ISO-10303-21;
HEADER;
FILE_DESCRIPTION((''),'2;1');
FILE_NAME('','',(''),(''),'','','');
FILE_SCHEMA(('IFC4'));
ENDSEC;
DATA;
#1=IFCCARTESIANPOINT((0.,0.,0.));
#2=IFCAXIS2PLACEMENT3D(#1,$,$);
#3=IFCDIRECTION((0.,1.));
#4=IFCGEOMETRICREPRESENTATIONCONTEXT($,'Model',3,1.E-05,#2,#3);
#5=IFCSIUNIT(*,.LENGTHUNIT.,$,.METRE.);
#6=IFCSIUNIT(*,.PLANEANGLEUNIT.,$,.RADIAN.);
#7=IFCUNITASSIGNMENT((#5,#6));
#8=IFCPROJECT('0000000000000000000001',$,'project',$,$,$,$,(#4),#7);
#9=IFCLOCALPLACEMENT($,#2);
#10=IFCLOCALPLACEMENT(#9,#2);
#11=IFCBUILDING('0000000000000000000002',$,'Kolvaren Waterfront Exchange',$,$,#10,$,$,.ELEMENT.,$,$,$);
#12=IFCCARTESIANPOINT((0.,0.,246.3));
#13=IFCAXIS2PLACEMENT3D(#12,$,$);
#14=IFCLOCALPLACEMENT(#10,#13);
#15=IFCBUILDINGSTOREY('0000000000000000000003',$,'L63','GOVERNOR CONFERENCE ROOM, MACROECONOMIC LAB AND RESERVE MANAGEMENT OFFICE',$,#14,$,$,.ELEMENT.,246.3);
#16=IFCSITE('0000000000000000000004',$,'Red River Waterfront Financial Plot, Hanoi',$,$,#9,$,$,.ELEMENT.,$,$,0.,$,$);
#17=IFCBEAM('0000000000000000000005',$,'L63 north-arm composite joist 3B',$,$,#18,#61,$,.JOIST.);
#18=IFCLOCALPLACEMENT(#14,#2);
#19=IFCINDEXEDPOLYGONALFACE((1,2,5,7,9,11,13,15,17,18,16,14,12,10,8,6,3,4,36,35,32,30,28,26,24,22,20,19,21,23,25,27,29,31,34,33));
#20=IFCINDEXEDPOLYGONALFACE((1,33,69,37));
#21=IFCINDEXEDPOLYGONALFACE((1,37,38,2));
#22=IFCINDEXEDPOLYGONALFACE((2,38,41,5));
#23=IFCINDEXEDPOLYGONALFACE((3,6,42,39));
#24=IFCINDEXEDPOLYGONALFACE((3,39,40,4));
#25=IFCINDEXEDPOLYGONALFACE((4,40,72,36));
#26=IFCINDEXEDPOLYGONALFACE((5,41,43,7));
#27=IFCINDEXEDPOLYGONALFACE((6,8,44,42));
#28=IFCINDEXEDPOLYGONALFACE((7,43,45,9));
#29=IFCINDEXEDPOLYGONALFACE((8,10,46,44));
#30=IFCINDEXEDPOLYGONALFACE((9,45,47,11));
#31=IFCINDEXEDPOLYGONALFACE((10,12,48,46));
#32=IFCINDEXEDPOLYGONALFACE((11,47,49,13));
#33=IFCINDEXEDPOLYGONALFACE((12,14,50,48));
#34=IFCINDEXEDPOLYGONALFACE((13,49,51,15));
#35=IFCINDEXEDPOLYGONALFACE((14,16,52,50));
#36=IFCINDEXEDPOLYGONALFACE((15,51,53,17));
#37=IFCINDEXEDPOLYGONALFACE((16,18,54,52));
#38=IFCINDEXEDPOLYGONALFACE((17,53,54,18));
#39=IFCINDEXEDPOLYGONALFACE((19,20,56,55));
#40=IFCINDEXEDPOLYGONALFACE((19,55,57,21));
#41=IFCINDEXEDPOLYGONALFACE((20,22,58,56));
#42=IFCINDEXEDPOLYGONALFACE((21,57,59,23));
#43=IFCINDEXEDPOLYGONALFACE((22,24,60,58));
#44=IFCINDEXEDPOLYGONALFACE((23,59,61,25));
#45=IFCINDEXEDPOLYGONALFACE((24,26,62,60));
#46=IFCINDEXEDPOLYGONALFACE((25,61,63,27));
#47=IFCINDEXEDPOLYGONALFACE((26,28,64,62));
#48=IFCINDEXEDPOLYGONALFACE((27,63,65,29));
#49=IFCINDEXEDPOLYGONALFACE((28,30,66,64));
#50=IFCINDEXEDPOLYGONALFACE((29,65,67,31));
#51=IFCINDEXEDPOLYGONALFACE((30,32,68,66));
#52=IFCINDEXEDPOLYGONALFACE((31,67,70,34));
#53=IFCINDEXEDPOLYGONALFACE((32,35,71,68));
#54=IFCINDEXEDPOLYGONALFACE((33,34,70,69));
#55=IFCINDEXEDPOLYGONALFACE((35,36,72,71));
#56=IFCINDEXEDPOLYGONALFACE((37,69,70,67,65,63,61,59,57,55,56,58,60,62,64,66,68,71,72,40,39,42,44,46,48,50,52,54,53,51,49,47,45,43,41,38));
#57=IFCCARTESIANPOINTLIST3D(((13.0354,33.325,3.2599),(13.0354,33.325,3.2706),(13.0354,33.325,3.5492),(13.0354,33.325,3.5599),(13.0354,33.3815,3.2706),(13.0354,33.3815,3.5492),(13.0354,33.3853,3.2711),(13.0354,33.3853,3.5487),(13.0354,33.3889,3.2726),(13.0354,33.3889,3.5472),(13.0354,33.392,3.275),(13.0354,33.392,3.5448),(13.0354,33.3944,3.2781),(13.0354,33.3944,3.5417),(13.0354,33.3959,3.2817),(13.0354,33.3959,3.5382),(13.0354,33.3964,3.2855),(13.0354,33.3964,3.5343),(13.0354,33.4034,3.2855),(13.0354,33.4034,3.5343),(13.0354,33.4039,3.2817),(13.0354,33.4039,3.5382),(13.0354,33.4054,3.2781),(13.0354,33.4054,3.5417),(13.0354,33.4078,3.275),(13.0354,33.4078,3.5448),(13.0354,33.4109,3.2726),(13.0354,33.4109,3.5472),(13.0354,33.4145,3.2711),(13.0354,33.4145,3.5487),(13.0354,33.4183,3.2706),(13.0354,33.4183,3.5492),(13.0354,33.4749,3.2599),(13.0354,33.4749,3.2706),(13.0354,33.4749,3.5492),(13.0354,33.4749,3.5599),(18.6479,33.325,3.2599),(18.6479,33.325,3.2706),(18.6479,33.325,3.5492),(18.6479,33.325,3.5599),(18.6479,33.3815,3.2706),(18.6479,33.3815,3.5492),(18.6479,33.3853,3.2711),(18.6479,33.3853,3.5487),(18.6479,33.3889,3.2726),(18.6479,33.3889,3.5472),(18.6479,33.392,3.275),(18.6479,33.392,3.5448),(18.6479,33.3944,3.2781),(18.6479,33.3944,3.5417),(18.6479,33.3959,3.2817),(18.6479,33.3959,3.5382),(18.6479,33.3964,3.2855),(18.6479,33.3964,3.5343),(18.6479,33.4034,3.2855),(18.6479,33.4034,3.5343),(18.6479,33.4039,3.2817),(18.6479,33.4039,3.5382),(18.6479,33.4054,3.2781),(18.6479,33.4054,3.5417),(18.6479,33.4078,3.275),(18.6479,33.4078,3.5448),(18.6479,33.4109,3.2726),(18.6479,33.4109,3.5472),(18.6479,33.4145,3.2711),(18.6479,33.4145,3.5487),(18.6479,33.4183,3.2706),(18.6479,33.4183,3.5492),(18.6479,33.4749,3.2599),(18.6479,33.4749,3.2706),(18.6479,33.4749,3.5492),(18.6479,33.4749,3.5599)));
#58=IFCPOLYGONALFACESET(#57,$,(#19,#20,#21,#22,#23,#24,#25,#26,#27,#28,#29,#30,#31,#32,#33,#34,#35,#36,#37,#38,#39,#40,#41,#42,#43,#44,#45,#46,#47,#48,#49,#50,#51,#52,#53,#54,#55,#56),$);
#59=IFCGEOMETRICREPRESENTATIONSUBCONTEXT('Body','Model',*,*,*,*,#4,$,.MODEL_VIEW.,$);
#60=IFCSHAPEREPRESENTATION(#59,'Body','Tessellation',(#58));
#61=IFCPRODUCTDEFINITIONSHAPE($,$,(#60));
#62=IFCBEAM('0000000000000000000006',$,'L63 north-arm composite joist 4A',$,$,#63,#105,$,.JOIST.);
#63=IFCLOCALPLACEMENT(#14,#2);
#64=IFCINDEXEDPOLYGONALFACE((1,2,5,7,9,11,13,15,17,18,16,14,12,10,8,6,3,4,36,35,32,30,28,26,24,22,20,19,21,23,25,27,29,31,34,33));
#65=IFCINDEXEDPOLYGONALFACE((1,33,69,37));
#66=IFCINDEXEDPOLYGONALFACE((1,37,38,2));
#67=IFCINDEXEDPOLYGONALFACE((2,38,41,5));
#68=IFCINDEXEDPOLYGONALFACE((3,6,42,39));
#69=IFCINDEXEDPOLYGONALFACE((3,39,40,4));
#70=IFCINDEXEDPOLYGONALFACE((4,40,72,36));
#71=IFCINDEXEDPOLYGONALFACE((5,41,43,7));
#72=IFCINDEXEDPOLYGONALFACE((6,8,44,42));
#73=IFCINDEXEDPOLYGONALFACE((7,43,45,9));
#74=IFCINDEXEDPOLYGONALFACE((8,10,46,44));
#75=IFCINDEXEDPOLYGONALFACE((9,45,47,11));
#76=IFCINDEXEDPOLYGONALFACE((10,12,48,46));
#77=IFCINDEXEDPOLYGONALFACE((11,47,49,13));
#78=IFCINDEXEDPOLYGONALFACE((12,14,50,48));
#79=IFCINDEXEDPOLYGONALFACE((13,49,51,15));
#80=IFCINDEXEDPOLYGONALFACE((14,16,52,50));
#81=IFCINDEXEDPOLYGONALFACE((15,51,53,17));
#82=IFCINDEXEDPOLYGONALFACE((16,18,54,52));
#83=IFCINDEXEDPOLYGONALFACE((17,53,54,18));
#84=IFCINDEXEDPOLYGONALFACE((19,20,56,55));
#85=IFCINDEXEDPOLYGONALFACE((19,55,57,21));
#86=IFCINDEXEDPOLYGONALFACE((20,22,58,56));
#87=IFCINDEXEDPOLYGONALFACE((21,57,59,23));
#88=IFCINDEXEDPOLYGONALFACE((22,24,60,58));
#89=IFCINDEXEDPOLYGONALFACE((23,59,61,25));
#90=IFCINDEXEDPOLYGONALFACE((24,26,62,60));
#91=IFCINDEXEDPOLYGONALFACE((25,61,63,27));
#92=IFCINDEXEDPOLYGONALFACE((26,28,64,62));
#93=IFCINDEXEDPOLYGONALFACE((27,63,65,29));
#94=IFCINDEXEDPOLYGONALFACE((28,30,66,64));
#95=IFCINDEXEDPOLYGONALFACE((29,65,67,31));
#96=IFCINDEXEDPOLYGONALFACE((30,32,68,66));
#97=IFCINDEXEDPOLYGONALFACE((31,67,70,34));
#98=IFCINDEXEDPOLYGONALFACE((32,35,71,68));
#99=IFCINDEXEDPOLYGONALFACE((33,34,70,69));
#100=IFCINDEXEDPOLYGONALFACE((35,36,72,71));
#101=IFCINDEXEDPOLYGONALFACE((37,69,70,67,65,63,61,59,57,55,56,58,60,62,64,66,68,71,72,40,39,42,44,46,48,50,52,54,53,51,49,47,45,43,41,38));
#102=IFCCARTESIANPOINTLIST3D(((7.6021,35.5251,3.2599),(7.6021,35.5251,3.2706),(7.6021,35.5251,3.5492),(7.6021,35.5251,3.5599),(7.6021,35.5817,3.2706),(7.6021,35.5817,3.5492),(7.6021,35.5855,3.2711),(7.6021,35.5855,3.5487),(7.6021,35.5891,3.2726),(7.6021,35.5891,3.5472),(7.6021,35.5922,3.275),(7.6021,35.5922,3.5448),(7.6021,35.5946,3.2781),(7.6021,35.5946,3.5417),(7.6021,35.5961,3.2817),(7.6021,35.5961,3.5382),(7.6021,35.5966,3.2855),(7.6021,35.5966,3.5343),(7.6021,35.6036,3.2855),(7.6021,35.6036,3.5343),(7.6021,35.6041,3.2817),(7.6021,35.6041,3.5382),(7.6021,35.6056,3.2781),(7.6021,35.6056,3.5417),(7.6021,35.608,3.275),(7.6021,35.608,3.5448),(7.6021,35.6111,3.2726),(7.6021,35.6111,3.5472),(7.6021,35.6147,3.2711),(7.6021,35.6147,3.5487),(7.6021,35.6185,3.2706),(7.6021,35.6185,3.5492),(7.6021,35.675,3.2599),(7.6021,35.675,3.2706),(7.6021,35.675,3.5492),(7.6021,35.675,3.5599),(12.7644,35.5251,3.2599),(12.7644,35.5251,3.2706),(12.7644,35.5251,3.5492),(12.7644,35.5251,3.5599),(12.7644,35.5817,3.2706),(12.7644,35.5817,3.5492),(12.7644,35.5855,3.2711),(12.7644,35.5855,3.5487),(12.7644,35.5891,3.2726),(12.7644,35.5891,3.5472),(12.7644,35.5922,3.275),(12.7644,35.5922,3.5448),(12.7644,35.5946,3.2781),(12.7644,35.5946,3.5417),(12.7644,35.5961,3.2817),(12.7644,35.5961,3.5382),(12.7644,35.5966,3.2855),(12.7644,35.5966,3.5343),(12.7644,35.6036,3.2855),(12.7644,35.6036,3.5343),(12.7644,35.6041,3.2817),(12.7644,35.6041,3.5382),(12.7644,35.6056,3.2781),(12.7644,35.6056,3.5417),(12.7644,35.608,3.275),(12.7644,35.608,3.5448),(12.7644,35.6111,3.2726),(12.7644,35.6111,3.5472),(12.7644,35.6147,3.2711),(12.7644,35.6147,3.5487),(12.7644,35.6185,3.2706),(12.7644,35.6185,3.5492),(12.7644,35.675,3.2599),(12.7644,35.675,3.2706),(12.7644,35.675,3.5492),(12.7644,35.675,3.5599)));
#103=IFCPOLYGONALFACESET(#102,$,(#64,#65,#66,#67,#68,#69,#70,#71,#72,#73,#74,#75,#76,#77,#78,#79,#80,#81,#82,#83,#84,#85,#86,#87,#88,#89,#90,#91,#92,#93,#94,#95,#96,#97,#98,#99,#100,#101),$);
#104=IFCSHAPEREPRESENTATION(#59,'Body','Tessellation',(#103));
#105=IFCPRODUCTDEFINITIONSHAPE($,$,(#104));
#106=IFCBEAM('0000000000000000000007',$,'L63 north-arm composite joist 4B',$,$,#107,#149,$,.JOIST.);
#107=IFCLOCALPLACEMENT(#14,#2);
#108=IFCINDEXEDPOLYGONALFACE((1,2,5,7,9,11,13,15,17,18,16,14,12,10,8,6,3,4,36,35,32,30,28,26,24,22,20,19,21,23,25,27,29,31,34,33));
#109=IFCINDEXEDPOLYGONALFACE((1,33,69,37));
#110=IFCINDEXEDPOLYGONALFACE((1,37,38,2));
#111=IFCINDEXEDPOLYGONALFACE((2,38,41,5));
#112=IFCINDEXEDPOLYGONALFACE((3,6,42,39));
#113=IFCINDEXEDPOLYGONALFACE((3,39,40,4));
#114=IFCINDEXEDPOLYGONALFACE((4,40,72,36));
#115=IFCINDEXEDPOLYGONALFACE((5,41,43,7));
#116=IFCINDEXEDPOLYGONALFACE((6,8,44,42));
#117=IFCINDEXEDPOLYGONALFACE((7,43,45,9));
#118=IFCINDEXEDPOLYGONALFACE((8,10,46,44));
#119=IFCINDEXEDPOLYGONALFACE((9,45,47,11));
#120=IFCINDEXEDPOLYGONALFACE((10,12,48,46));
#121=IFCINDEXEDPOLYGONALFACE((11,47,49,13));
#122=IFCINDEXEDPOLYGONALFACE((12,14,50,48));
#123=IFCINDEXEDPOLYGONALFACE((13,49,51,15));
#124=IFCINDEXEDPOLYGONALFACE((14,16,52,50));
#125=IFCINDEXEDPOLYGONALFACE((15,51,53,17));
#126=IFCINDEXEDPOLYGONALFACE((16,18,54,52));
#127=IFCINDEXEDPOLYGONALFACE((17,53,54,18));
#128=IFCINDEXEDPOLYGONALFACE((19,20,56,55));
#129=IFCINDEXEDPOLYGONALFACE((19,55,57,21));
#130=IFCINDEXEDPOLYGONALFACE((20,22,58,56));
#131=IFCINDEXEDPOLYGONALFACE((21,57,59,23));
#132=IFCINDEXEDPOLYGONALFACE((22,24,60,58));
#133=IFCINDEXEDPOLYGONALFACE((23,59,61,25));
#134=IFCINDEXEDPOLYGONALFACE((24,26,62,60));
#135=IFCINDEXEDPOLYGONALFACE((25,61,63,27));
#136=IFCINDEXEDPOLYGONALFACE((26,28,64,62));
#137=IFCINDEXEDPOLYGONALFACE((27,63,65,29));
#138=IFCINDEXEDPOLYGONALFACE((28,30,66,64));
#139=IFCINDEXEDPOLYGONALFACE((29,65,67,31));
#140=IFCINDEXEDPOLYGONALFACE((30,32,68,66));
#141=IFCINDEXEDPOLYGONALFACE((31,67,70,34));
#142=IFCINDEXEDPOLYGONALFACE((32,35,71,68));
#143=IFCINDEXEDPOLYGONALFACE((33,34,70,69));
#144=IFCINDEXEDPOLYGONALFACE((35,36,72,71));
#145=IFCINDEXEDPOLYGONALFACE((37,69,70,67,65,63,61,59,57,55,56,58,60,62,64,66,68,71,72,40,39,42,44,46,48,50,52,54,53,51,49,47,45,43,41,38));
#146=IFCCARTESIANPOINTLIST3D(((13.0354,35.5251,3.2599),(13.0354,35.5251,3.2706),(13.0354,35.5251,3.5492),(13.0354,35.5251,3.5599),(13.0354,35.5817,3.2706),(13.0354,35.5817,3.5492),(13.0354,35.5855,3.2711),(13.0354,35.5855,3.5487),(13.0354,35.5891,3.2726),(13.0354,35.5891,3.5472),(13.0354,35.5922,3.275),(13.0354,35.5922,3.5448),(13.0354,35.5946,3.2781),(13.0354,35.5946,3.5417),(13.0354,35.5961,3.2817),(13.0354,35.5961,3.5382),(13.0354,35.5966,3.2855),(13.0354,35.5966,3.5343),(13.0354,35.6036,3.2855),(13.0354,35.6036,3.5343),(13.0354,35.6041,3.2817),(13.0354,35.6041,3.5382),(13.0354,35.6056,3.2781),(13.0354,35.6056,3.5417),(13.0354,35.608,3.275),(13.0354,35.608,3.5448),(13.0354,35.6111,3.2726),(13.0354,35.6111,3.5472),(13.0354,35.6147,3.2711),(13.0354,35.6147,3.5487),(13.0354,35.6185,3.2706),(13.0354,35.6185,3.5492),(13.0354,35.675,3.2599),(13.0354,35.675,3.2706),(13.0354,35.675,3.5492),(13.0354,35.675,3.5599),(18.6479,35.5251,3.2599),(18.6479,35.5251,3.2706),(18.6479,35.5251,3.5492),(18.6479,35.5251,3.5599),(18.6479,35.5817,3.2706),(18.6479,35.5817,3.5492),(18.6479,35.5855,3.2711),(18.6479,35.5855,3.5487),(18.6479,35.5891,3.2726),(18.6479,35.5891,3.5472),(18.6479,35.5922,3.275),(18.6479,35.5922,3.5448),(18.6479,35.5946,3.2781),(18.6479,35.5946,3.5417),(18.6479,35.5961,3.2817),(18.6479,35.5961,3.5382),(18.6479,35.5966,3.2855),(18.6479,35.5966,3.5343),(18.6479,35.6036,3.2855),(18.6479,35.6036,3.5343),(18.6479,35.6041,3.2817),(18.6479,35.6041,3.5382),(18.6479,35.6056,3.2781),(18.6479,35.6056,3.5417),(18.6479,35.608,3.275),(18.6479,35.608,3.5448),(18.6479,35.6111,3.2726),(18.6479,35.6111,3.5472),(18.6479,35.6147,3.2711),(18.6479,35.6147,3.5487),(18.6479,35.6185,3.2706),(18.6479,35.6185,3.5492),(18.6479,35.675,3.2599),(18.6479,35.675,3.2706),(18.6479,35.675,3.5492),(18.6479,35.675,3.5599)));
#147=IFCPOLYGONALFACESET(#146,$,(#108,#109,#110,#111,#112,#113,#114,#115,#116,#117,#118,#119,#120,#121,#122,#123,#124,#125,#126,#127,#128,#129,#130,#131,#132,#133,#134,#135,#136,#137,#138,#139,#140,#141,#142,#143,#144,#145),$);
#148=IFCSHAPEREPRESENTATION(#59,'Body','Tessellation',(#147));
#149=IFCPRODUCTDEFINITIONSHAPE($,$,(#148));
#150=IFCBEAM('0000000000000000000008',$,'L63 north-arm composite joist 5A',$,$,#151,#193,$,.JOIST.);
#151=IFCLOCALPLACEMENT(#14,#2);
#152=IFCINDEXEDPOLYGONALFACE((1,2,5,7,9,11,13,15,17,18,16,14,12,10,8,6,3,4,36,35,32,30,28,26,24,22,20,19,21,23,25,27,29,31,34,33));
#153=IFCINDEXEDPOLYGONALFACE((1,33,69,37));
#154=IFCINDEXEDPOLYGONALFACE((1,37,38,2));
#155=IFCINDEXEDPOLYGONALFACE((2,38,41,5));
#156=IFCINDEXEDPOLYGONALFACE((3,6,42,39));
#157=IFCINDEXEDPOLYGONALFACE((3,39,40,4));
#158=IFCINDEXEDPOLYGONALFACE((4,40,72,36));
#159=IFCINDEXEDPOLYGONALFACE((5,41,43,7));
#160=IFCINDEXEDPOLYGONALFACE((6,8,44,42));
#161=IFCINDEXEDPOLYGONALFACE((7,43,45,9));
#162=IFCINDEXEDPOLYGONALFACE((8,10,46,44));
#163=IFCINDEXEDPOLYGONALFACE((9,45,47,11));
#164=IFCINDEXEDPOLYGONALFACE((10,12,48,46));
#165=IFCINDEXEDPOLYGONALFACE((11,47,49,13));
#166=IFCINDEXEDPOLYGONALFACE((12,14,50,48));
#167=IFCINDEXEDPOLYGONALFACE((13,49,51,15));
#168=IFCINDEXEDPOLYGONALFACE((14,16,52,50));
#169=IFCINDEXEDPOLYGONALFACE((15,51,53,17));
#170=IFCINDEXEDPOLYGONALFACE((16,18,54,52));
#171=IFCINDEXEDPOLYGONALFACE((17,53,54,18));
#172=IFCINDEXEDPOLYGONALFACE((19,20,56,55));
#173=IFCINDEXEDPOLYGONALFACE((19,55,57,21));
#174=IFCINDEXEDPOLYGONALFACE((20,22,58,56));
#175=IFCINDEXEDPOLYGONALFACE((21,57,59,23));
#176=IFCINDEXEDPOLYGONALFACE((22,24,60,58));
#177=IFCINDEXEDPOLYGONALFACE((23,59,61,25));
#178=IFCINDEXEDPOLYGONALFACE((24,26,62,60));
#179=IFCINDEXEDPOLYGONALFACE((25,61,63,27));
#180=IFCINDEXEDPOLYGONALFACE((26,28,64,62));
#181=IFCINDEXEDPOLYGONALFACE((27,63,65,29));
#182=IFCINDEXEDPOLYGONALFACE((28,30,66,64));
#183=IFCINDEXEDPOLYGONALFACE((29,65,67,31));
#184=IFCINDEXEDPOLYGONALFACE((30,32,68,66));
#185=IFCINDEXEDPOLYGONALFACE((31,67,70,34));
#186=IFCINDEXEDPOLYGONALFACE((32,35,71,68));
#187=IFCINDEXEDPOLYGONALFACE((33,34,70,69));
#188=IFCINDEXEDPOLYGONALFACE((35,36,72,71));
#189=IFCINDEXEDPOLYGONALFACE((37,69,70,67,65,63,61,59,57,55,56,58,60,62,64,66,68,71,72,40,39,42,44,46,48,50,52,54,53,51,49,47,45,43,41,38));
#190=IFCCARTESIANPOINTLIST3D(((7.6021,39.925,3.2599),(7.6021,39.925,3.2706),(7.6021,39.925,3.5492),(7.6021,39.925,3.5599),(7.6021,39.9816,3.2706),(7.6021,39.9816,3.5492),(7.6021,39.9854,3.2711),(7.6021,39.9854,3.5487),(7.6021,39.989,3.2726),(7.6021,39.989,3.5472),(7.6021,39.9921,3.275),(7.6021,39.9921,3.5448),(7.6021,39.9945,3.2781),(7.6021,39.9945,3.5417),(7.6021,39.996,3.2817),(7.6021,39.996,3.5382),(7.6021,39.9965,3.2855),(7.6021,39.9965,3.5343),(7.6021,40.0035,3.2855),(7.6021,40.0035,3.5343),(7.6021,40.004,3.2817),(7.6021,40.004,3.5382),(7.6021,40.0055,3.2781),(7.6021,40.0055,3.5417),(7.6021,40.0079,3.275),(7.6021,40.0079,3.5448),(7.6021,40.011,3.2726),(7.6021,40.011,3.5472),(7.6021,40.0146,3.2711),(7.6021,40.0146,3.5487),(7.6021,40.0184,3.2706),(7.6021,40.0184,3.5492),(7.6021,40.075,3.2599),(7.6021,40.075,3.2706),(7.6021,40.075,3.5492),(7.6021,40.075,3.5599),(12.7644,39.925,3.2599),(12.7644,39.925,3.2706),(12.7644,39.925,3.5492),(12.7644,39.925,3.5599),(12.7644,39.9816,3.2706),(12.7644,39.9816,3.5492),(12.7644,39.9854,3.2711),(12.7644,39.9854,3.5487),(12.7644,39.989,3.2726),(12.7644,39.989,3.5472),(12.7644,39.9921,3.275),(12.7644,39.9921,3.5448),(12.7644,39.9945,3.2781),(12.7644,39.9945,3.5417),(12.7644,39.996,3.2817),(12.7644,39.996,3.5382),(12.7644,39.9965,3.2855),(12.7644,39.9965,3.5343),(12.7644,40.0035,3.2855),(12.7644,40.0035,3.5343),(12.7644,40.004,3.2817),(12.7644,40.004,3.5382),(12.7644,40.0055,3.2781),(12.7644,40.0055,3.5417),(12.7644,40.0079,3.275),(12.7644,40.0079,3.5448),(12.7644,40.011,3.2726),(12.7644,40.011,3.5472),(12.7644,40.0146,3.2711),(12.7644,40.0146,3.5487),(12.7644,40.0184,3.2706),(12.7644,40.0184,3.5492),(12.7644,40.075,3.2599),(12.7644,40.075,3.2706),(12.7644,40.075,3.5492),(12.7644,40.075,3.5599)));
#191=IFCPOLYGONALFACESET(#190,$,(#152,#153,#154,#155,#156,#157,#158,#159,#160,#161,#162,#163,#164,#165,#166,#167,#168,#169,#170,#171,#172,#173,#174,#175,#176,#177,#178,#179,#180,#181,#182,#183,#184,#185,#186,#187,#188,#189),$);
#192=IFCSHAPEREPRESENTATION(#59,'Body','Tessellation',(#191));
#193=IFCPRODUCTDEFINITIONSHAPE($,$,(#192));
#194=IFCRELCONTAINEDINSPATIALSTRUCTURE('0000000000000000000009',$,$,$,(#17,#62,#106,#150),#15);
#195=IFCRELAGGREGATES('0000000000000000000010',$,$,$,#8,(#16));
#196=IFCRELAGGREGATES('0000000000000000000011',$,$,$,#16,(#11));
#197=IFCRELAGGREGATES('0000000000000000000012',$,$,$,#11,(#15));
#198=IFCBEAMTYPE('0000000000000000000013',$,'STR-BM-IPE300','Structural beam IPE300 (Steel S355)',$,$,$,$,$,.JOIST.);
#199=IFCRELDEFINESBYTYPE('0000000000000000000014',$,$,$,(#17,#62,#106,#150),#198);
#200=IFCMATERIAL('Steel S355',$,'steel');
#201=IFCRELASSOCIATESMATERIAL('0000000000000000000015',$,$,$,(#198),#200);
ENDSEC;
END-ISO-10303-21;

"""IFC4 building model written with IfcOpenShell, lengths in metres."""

from ifc_helpers import new_model, si_unit, direction, frame, origin, origin_2d, place, context, subcontext, project, spatial, i_section, extrude, material, material_profile, profile_set, type_object, element, save


model = new_model("IFC4")

# Units and contexts
model_context = context("Model", 3, precision=1e-05, world=origin(), true_north=direction((0.0, 1.0)))
body_context = subcontext(model_context, "Body", "Model", "MODEL_VIEW")
ifc_project = project(units=[si_unit("LENGTHUNIT", "METRE"), si_unit("PLANEANGLEUNIT", "RADIAN")], contexts=[model_context])

# Site, building, storey
site_placement = place(None, origin())
site = spatial("IfcSite", under=ifc_project, at=site_placement, Name="Red River Waterfront Financial Plot, Hanoi", CompositionType="ELEMENT", RefElevation=0.0)
building_placement = place(site_placement, origin())
building = spatial("IfcBuilding", under=site, at=building_placement, Name="Kolvaren Waterfront Exchange", CompositionType="ELEMENT")
storey_placement = place(building_placement, frame((0.0, 0.0, 246.3)))
storey = spatial("IfcBuildingStorey", under=building, at=storey_placement, Name="L63", Description="GOVERNOR CONFERENCE ROOM, MACROECONOMIC LAB AND RESERVE MANAGEMENT OFFICE", CompositionType="ELEMENT", Elevation=246.3)

# Beams
ifc_material_1 = material(Name="Steel S355", Category="steel")
ifc_material_profile_1 = material_profile(ifc_material_1, i_section(OverallWidth=0.1499, OverallDepth=0.3, WebThickness=0.0071, FlangeThickness=0.0107, FilletRadius=0.0149, at=origin_2d()), Name="IPE300")
ifc_profile_set_1 = profile_set([ifc_material_profile_1], Name="Steel S355")
beam_type_1 = type_object("IfcBeamType", Name="STR-BM-IPE300", Description="Structural beam IPE300 (Steel S355)", PredefinedType="JOIST", material=ifc_profile_set_1)
beam_1_placement = place(storey_placement, frame((13.0354, 33.3999, 3.4099), z_axis=(1.0, 0.0, 0.0), x_axis=(0.0, 1.0, 0.0)))
element("IfcBeam", 1, at=beam_1_placement, inside=storey, type_object=beam_type_1, Name="L63 north-arm composite joist 3B", PredefinedType="JOIST", context=body_context, shape_type="SweptSolid", body=[
    extrude(i_section(OverallWidth=0.1499, OverallDepth=0.3, WebThickness=0.0071, FlangeThickness=0.0107, FilletRadius=0.0149, at=origin_2d()), origin(), (0.0, 0.0, 1.0), 5.6125),
])
beam_2_placement = place(storey_placement, frame((7.6021, 35.6001, 3.4099), z_axis=(1.0, 0.0, 0.0), x_axis=(0.0, 1.0, 0.0)))
element("IfcBeam", 2, at=beam_2_placement, inside=storey, type_object=beam_type_1, Name="L63 north-arm composite joist 4A", PredefinedType="JOIST", context=body_context, shape_type="SweptSolid", body=[
    extrude(i_section(OverallWidth=0.1499, OverallDepth=0.3, WebThickness=0.0071, FlangeThickness=0.0107, FilletRadius=0.0149, at=origin_2d()), origin(), (0.0, 0.0, 1.0), 5.1624),
])
beam_3_placement = place(storey_placement, frame((13.0354, 35.6001, 3.4099), z_axis=(1.0, 0.0, 0.0), x_axis=(0.0, 1.0, 0.0)))
element("IfcBeam", 3, at=beam_3_placement, inside=storey, type_object=beam_type_1, Name="L63 north-arm composite joist 4B", PredefinedType="JOIST", context=body_context, shape_type="SweptSolid", body=[
    extrude(i_section(OverallWidth=0.1499, OverallDepth=0.3, WebThickness=0.0071, FlangeThickness=0.0107, FilletRadius=0.0149, at=origin_2d()), origin(), (0.0, 0.0, 1.0), 5.6125),
])
beam_4_placement = place(storey_placement, frame((7.6021, 40.0, 3.4099), z_axis=(1.0, 0.0, 0.0), x_axis=(0.0, 1.0, 0.0)))
element("IfcBeam", 4, at=beam_4_placement, inside=storey, type_object=beam_type_1, Name="L63 north-arm composite joist 5A", PredefinedType="JOIST", context=body_context, shape_type="SweptSolid", body=[
    extrude(i_section(OverallWidth=0.1499, OverallDepth=0.3, WebThickness=0.0071, FlangeThickness=0.0107, FilletRadius=0.0149, at=origin_2d()), origin(), (0.0, 0.0, 1.0), 5.1624),
])

save(model, "model.ifc")
